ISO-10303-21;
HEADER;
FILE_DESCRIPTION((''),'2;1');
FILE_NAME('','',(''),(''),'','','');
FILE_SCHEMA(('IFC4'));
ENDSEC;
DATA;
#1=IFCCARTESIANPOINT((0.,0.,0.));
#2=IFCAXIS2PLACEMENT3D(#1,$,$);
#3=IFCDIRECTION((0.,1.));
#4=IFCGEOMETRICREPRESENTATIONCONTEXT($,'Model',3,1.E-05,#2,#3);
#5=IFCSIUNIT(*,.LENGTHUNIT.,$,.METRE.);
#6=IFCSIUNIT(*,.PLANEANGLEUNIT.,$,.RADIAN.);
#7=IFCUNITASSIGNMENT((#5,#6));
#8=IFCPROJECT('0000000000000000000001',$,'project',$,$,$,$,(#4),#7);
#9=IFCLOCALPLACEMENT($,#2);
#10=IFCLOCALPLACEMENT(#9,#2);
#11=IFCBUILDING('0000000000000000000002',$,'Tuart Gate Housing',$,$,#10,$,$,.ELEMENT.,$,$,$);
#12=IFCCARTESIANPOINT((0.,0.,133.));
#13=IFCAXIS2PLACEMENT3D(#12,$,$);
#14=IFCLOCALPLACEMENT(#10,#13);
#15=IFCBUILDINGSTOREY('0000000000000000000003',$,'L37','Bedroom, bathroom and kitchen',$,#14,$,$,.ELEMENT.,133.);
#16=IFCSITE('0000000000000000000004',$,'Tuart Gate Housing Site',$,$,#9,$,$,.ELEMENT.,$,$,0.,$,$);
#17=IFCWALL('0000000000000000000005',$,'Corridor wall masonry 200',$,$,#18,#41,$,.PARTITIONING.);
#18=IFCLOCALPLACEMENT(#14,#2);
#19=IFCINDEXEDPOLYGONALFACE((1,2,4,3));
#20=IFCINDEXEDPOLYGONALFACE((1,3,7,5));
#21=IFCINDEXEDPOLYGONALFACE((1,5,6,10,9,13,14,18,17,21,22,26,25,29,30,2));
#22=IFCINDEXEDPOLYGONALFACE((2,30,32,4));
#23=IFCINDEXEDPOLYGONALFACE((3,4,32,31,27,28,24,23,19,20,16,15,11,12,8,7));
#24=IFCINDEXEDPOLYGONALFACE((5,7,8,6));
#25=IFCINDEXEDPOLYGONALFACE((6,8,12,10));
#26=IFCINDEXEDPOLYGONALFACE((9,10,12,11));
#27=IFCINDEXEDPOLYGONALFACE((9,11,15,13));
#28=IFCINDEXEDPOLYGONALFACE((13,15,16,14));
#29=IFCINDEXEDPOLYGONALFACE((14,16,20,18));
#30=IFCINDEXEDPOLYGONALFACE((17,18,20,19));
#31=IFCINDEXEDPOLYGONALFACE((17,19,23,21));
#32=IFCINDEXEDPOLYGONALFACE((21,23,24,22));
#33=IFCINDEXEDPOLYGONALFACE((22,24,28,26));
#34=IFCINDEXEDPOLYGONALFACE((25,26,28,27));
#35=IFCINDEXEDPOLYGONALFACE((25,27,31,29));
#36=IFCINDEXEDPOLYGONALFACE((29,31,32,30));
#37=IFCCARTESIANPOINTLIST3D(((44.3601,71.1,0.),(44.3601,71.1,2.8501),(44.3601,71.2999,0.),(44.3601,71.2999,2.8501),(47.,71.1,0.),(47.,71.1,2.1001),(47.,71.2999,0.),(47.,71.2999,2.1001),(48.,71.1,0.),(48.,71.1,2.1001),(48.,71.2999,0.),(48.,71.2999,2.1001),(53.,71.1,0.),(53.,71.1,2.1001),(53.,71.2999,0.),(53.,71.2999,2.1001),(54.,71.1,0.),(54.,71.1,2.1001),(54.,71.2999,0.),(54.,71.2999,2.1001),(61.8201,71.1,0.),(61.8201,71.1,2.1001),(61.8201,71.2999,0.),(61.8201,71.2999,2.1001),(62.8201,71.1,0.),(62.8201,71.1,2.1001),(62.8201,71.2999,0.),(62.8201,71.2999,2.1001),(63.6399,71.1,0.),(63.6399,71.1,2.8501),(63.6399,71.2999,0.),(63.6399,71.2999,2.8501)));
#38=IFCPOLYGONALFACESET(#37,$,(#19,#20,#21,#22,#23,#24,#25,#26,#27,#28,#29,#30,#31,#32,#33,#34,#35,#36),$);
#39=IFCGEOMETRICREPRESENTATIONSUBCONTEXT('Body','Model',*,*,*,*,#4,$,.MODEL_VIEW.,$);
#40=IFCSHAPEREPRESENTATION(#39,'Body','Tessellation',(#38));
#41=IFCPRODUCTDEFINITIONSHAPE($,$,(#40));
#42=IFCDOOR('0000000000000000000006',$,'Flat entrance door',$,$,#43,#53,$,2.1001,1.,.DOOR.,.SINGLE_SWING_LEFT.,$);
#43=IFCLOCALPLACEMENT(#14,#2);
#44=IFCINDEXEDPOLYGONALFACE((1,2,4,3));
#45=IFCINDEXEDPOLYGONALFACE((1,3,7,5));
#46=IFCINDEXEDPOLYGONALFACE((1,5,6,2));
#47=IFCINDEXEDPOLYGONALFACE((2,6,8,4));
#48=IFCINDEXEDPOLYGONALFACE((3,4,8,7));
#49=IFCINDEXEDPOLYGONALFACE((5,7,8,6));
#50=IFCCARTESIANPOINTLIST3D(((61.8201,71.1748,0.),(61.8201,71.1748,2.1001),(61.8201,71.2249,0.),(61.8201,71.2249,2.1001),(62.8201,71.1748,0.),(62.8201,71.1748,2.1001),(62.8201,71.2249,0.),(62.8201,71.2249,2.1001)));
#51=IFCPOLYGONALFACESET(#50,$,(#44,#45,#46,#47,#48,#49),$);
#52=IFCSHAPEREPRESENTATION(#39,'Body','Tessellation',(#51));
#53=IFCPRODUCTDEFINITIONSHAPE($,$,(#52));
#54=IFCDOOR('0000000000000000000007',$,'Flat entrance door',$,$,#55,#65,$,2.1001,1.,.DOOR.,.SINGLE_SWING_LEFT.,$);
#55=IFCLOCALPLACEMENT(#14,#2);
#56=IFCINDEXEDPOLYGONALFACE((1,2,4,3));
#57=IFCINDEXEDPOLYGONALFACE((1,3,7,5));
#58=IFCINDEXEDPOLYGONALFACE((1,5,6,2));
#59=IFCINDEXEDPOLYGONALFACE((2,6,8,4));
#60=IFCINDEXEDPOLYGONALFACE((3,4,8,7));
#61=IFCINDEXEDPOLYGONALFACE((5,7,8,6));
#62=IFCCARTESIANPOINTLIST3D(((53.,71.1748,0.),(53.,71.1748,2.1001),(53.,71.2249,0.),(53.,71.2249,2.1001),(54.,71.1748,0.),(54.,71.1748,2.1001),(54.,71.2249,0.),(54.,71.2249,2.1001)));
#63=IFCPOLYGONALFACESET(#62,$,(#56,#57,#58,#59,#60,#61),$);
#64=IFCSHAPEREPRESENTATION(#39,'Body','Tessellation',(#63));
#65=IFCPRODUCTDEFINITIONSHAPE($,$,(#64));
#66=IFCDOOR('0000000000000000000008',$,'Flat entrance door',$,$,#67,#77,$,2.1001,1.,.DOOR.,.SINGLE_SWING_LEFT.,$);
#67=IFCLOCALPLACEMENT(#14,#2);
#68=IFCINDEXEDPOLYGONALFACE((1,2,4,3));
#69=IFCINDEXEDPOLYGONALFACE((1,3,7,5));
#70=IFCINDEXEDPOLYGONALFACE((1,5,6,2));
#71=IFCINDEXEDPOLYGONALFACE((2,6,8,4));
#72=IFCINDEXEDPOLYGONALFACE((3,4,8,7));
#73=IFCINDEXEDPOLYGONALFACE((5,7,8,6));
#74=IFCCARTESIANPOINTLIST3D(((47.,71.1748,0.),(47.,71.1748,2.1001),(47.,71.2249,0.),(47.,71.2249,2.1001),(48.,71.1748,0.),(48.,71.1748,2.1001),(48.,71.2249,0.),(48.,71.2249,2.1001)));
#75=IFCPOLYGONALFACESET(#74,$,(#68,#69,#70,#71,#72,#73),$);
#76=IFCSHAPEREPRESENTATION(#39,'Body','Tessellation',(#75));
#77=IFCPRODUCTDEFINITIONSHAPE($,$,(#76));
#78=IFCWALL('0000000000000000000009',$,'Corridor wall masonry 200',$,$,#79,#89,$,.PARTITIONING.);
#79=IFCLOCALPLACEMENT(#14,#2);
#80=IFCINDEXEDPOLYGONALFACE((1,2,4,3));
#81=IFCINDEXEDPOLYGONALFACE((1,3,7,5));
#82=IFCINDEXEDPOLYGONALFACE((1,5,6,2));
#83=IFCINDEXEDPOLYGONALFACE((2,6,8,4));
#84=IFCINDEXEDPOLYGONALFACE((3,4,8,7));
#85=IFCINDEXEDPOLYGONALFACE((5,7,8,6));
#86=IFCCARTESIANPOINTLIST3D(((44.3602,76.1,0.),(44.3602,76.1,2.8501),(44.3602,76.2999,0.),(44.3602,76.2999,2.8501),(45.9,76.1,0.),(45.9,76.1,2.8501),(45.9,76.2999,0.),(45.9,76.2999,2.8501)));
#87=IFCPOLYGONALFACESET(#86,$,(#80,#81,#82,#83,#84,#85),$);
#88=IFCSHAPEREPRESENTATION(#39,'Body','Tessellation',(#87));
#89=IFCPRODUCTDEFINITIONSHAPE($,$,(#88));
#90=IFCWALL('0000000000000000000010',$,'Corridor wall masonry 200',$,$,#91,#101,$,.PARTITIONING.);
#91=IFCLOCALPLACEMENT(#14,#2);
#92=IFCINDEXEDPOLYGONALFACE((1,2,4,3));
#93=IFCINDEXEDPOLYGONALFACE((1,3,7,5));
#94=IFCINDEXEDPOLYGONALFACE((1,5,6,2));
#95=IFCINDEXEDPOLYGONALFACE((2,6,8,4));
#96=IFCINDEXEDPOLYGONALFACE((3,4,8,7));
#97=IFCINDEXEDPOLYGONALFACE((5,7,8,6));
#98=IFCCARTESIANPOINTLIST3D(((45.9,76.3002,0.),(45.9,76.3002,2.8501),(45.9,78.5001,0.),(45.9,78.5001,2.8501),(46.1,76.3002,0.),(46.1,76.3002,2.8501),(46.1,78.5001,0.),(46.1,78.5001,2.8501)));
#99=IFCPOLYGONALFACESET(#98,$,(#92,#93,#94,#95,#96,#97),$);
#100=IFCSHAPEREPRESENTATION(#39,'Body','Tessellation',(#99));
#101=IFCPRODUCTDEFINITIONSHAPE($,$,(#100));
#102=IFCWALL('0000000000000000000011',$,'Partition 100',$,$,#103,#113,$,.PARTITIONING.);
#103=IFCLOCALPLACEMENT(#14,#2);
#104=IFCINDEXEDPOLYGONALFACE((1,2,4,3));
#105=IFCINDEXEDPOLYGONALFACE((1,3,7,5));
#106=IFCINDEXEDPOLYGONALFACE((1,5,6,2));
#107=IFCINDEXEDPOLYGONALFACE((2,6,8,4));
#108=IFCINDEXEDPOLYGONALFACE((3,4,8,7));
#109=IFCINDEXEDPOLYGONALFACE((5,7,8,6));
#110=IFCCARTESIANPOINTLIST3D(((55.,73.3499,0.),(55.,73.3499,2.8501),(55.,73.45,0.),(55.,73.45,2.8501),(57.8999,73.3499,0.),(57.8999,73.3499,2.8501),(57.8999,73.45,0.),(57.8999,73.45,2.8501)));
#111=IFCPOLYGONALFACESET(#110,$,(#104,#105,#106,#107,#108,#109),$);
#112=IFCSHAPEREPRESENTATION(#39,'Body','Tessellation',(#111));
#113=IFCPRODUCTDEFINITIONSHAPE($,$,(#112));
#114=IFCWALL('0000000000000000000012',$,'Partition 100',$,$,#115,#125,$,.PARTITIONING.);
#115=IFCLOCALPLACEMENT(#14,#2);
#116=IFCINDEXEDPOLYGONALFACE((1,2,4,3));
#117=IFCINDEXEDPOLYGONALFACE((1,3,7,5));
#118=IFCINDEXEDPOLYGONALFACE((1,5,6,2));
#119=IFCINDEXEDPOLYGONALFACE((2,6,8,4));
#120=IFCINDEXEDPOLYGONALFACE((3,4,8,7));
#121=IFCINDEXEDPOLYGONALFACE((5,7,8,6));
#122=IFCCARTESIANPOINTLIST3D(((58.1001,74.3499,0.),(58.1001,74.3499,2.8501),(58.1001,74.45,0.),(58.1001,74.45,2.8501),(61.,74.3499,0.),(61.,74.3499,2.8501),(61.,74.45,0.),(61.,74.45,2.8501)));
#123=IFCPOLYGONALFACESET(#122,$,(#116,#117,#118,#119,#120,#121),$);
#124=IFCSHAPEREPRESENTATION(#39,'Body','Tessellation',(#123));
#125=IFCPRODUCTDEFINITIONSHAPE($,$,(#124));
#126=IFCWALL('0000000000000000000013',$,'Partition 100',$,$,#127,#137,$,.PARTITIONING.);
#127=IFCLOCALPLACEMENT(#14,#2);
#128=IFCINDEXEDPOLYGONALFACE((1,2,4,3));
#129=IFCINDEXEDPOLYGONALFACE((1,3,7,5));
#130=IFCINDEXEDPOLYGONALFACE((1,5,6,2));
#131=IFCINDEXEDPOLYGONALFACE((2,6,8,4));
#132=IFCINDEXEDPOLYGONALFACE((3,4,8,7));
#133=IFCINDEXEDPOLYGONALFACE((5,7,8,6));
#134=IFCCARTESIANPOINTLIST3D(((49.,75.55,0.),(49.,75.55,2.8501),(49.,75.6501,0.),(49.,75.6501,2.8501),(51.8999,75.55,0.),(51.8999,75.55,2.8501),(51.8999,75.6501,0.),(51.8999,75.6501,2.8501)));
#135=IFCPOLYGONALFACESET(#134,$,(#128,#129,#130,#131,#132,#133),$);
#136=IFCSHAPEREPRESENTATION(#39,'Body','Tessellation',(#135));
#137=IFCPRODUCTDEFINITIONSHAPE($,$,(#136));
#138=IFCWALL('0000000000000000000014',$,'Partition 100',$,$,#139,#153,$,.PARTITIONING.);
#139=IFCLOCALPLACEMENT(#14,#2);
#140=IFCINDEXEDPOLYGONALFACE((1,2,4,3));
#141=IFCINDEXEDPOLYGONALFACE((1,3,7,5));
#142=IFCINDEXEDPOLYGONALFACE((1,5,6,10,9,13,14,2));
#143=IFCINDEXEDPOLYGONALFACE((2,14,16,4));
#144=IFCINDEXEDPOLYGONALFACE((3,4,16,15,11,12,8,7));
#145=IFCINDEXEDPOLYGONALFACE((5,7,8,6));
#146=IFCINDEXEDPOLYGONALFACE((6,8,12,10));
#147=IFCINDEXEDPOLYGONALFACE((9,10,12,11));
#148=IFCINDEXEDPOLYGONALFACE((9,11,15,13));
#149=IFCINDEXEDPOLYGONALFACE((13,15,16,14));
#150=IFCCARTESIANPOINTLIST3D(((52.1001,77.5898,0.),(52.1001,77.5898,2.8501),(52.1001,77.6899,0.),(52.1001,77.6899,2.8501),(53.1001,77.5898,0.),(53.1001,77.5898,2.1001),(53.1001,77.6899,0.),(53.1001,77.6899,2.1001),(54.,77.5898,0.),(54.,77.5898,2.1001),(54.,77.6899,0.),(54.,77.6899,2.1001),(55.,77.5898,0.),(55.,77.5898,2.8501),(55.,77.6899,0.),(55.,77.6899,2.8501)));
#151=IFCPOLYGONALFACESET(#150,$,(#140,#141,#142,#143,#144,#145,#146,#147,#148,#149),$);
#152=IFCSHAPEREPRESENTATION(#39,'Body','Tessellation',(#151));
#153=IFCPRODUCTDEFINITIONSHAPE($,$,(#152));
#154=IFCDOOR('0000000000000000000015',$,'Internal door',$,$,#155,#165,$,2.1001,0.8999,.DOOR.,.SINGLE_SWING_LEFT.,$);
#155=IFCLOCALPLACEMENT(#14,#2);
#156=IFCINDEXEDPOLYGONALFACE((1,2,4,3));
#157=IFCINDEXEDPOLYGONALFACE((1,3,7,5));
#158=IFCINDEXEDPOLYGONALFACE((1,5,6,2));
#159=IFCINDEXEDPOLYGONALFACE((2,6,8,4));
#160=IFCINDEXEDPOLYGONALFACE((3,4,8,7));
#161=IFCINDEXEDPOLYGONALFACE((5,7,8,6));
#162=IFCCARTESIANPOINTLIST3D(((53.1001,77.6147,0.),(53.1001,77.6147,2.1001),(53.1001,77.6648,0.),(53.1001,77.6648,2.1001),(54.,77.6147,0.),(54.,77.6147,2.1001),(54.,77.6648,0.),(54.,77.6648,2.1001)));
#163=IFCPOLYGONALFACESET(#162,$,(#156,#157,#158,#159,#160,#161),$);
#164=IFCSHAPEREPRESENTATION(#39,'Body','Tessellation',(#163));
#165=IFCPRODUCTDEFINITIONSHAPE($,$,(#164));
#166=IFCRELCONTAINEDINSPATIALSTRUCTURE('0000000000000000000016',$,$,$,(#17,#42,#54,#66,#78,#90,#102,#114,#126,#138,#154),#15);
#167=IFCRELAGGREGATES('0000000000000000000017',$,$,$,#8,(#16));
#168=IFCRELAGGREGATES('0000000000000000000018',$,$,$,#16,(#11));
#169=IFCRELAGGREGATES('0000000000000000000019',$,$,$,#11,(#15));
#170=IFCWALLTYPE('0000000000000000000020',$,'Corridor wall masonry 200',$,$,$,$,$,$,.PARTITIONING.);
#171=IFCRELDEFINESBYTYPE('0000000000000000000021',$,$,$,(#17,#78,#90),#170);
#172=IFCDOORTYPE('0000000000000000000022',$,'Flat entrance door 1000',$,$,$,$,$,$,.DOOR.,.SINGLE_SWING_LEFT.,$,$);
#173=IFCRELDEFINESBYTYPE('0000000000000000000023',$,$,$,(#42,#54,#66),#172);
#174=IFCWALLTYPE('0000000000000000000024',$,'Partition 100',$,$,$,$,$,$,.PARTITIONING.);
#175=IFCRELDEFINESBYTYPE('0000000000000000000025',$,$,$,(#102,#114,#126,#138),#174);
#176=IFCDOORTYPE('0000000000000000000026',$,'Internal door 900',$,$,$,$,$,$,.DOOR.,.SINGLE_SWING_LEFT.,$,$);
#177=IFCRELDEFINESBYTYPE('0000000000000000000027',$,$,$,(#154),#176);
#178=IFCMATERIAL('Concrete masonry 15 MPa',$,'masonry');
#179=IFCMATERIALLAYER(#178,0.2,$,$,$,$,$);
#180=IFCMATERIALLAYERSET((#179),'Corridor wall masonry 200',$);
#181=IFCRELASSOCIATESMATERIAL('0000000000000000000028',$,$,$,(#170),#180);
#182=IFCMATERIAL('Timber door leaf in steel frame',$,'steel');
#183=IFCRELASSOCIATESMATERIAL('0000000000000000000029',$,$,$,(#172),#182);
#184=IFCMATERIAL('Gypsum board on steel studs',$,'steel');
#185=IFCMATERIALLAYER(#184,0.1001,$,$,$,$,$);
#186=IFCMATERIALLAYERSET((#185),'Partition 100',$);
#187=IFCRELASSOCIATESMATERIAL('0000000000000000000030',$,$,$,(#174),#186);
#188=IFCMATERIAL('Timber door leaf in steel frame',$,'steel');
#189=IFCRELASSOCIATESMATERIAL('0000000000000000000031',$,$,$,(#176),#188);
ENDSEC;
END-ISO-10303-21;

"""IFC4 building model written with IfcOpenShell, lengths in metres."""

from ifc_helpers import new_model, si_unit, direction, frame, frame_2d, origin, place, context, subcontext, project, spatial, rectangle, extrude, material, layer, layer_set, type_object, element, fill, save


model = new_model("IFC4")

# Units and contexts
model_context = context("Model", 3, precision=1e-05, world=origin(), true_north=direction((0.0, 1.0)))
body_context = subcontext(model_context, "Body", "Model", "MODEL_VIEW")
ifc_project = project(units=[si_unit("LENGTHUNIT", "METRE"), si_unit("PLANEANGLEUNIT", "RADIAN")], contexts=[model_context])

# Site, building, storey
site_placement = place(None, origin())
site = spatial("IfcSite", under=ifc_project, at=site_placement, Name="Tuart Gate Housing Site", CompositionType="ELEMENT", RefElevation=0.0)
building_placement = place(site_placement, origin())
building = spatial("IfcBuilding", under=site, at=building_placement, Name="Tuart Gate Housing", CompositionType="ELEMENT")
storey_placement = place(building_placement, frame((0.0, 0.0, 133.0)))
storey = spatial("IfcBuildingStorey", under=building, at=storey_placement, Name="L37", Description="Bedroom, bathroom and kitchen", CompositionType="ELEMENT", Elevation=133.0)

# Wall, openings, doors
ifc_material_1 = material(Name="Concrete masonry 15 MPa", Category="masonry")
ifc_layer_1 = layer(ifc_material_1, 0.2)
ifc_layer_set_1 = layer_set([ifc_layer_1], Name="Corridor wall masonry 200")
wall_type_1 = type_object("IfcWallType", Name="Corridor wall masonry 200", PredefinedType="PARTITIONING", material=ifc_layer_set_1)
wall_1_placement = place(storey_placement, frame((44.3601, 71.2, 0.0), z_axis=(0.0, 0.0, 1.0), x_axis=(1.0, 0.0, 0.0)))
wall_1 = element("IfcWall", 1, at=wall_1_placement, inside=storey, type_object=wall_type_1, Name="Corridor wall masonry 200", PredefinedType="PARTITIONING", context=body_context, shape_type="SweptSolid", body=[
    extrude(rectangle(XDim=19.2798, YDim=0.2, at=frame_2d((9.6399, 0.0))), origin(), (0.0, 0.0, 1.0), 2.8501),
])
opening_1_placement = place(wall_1_placement, frame((17.46, 0.0, 0.0)))
opening_1 = element("IfcOpeningElement", 2, at=opening_1_placement, cuts=wall_1, PredefinedType="OPENING", context=body_context, shape_type="SweptSolid", body=[
    extrude(rectangle(XDim=1.0, YDim=2.1001, at=frame_2d((0.5, 1.05))), frame((0.0, 0.1099, 0.0), z_axis=(0.0, -1.0, 0.0), x_axis=(1.0, 0.0, 0.0)), (0.0, 0.0, 1.0), 0.22),
])
opening_2_placement = place(wall_1_placement, frame((8.6399, 0.0, 0.0)))
opening_2 = element("IfcOpeningElement", 3, at=opening_2_placement, cuts=wall_1, PredefinedType="OPENING", context=body_context, shape_type="SweptSolid", body=[
    extrude(rectangle(XDim=1.0, YDim=2.1001, at=frame_2d((0.5, 1.05))), frame((0.0, 0.1099, 0.0), z_axis=(0.0, -1.0, 0.0), x_axis=(1.0, 0.0, 0.0)), (0.0, 0.0, 1.0), 0.22),
])
opening_3_placement = place(wall_1_placement, frame((2.6399, 0.0, 0.0)))
opening_3 = element("IfcOpeningElement", 4, at=opening_3_placement, cuts=wall_1, PredefinedType="OPENING", context=body_context, shape_type="SweptSolid", body=[
    extrude(rectangle(XDim=1.0, YDim=2.1001, at=frame_2d((0.5, 1.05))), frame((0.0, 0.1099, 0.0), z_axis=(0.0, -1.0, 0.0), x_axis=(1.0, 0.0, 0.0)), (0.0, 0.0, 1.0), 0.22),
])
ifc_material_2 = material(Name="Timber door leaf in steel frame", Category="steel")
door_type_1 = type_object("IfcDoorType", Name="Flat entrance door 1000", OperationType="SINGLE_SWING_LEFT", PredefinedType="DOOR", material=ifc_material_2)
door_1_placement = place(opening_1_placement, origin())
door_1 = element("IfcDoor", 5, at=door_1_placement, inside=storey, type_object=door_type_1, Name="Flat entrance door", OperationType="SINGLE_SWING_LEFT", OverallHeight=2.1001, OverallWidth=1.0, PredefinedType="DOOR", context=body_context, shape_type="SweptSolid", body=[
    extrude(rectangle(XDim=1.0, YDim=2.1001, at=frame_2d((0.5, 1.05))), frame((0.0, 0.0249, 0.0), z_axis=(0.0, -1.0, 0.0), x_axis=(1.0, 0.0, 0.0)), (0.0, 0.0, 1.0), 0.05),
])
fill(opening_1, door_1)
door_2_placement = place(opening_2_placement, origin())
door_2 = element("IfcDoor", 6, at=door_2_placement, inside=storey, type_object=door_type_1, Name="Flat entrance door", OperationType="SINGLE_SWING_LEFT", OverallHeight=2.1001, OverallWidth=1.0, PredefinedType="DOOR", context=body_context, shape_type="SweptSolid", body=[
    extrude(rectangle(XDim=1.0, YDim=2.1001, at=frame_2d((0.5, 1.05))), frame((0.0, 0.0249, 0.0), z_axis=(0.0, -1.0, 0.0), x_axis=(1.0, 0.0, 0.0)), (0.0, 0.0, 1.0), 0.05),
])
fill(opening_2, door_2)
door_3_placement = place(opening_3_placement, origin())
door_3 = element("IfcDoor", 7, at=door_3_placement, inside=storey, type_object=door_type_1, Name="Flat entrance door", OperationType="SINGLE_SWING_LEFT", OverallHeight=2.1001, OverallWidth=1.0, PredefinedType="DOOR", context=body_context, shape_type="SweptSolid", body=[
    extrude(rectangle(XDim=1.0, YDim=2.1001, at=frame_2d((0.5, 1.05))), frame((0.0, 0.0249, 0.0), z_axis=(0.0, -1.0, 0.0), x_axis=(1.0, 0.0, 0.0)), (0.0, 0.0, 1.0), 0.05),
])
fill(opening_3, door_3)

# Walls
wall_2_placement = place(storey_placement, frame((44.3601, 76.2, 0.0), z_axis=(0.0, 0.0, 1.0), x_axis=(1.0, 0.0, 0.0)))
element("IfcWall", 8, at=wall_2_placement, inside=storey, type_object=wall_type_1, Name="Corridor wall masonry 200", PredefinedType="PARTITIONING", context=body_context, shape_type="SweptSolid", body=[
    extrude(rectangle(XDim=1.5398, YDim=0.2, at=frame_2d((0.77, 0.0))), origin(), (0.0, 0.0, 1.0), 2.8501),
])
wall_3_placement = place(storey_placement, frame((46.0, 76.3, 0.0), z_axis=(0.0, 0.0, 1.0), x_axis=(0.0, 1.0, 0.0)))
element("IfcWall", 9, at=wall_3_placement, inside=storey, type_object=wall_type_1, Name="Corridor wall masonry 200", PredefinedType="PARTITIONING", context=body_context, shape_type="SweptSolid", body=[
    extrude(rectangle(XDim=2.2, YDim=0.2, at=frame_2d((1.1001, 0.0))), origin(), (0.0, 0.0, 1.0), 2.8501),
])
ifc_material_3 = material(Name="Gypsum board on steel studs", Category="steel")
ifc_layer_2 = layer(ifc_material_3, 0.1001)
ifc_layer_set_2 = layer_set([ifc_layer_2], Name="Partition 100")
wall_type_2 = type_object("IfcWallType", Name="Partition 100", PredefinedType="PARTITIONING", material=ifc_layer_set_2)
for number, where, z_axis, x_axis, name in (
    (10, (55.0, 73.3999, 0.0), (0.0, 0.0, 1.0), (1.0, 0.0, 0.0), "Partition 100"),
    (11, (58.1001, 74.3999, 0.0), (0.0, 0.0, 1.0), (1.0, 0.0, 0.0), "Partition 100"),
    (12, (49.0, 75.6001, 0.0), (0.0, 0.0, 1.0), (1.0, 0.0, 0.0), "Partition 100"),
):
    element("IfcWall", number, at=place(storey_placement, frame(where, z_axis=z_axis, x_axis=x_axis)), inside=storey, type_object=wall_type_2, Name=name, PredefinedType="PARTITIONING", context=body_context, shape_type="SweptSolid", body=[
        extrude(rectangle(XDim=2.8999, YDim=0.1001, at=frame_2d((1.45, 0.0))), origin(), (0.0, 0.0, 1.0), 2.8501),
    ])

# Wall, opening, door
wall_4_placement = place(storey_placement, frame((52.1001, 77.6399, 0.0), z_axis=(0.0, 0.0, 1.0), x_axis=(1.0, 0.0, 0.0)))
wall_4 = element("IfcWall", 13, at=wall_4_placement, inside=storey, type_object=wall_type_2, Name="Partition 100", PredefinedType="PARTITIONING", context=body_context, shape_type="SweptSolid", body=[
    extrude(rectangle(XDim=2.8999, YDim=0.1001, at=frame_2d((1.45, 0.0))), origin(), (0.0, 0.0, 1.0), 2.8501),
])
opening_4_placement = place(wall_4_placement, frame((1.0, 0.0, 0.0)))
opening_4 = element("IfcOpeningElement", 14, at=opening_4_placement, cuts=wall_4, PredefinedType="OPENING", context=body_context, shape_type="SweptSolid", body=[
    extrude(rectangle(XDim=0.8999, YDim=2.1001, at=frame_2d((0.45, 1.05))), frame((0.0, 0.0601, 0.0), z_axis=(0.0, -1.0, 0.0), x_axis=(1.0, 0.0, 0.0)), (0.0, 0.0, 1.0), 0.1201),
])
ifc_material_4 = material(Name="Timber door leaf in steel frame", Category="steel")
door_type_2 = type_object("IfcDoorType", Name="Internal door 900", OperationType="SINGLE_SWING_LEFT", PredefinedType="DOOR", material=ifc_material_4)
door_4_placement = place(opening_4_placement, frame((0.8999, 0.0, 0.0), z_axis=(0.0, 0.0, 1.0), x_axis=(-1.0, 0.0, 0.0)))
door_4 = element("IfcDoor", 15, at=door_4_placement, inside=storey, type_object=door_type_2, Name="Internal door", OperationType="SINGLE_SWING_LEFT", OverallHeight=2.1001, OverallWidth=0.8999, PredefinedType="DOOR", context=body_context, shape_type="SweptSolid", body=[
    extrude(rectangle(XDim=0.8999, YDim=2.1001, at=frame_2d((0.45, 1.05))), frame((0.0, 0.0251, 0.0), z_axis=(0.0, -1.0, 0.0), x_axis=(1.0, 0.0, 0.0)), (0.0, 0.0, 1.0), 0.05),
])
fill(opening_4, door_4)

save(model, "model.ifc")
